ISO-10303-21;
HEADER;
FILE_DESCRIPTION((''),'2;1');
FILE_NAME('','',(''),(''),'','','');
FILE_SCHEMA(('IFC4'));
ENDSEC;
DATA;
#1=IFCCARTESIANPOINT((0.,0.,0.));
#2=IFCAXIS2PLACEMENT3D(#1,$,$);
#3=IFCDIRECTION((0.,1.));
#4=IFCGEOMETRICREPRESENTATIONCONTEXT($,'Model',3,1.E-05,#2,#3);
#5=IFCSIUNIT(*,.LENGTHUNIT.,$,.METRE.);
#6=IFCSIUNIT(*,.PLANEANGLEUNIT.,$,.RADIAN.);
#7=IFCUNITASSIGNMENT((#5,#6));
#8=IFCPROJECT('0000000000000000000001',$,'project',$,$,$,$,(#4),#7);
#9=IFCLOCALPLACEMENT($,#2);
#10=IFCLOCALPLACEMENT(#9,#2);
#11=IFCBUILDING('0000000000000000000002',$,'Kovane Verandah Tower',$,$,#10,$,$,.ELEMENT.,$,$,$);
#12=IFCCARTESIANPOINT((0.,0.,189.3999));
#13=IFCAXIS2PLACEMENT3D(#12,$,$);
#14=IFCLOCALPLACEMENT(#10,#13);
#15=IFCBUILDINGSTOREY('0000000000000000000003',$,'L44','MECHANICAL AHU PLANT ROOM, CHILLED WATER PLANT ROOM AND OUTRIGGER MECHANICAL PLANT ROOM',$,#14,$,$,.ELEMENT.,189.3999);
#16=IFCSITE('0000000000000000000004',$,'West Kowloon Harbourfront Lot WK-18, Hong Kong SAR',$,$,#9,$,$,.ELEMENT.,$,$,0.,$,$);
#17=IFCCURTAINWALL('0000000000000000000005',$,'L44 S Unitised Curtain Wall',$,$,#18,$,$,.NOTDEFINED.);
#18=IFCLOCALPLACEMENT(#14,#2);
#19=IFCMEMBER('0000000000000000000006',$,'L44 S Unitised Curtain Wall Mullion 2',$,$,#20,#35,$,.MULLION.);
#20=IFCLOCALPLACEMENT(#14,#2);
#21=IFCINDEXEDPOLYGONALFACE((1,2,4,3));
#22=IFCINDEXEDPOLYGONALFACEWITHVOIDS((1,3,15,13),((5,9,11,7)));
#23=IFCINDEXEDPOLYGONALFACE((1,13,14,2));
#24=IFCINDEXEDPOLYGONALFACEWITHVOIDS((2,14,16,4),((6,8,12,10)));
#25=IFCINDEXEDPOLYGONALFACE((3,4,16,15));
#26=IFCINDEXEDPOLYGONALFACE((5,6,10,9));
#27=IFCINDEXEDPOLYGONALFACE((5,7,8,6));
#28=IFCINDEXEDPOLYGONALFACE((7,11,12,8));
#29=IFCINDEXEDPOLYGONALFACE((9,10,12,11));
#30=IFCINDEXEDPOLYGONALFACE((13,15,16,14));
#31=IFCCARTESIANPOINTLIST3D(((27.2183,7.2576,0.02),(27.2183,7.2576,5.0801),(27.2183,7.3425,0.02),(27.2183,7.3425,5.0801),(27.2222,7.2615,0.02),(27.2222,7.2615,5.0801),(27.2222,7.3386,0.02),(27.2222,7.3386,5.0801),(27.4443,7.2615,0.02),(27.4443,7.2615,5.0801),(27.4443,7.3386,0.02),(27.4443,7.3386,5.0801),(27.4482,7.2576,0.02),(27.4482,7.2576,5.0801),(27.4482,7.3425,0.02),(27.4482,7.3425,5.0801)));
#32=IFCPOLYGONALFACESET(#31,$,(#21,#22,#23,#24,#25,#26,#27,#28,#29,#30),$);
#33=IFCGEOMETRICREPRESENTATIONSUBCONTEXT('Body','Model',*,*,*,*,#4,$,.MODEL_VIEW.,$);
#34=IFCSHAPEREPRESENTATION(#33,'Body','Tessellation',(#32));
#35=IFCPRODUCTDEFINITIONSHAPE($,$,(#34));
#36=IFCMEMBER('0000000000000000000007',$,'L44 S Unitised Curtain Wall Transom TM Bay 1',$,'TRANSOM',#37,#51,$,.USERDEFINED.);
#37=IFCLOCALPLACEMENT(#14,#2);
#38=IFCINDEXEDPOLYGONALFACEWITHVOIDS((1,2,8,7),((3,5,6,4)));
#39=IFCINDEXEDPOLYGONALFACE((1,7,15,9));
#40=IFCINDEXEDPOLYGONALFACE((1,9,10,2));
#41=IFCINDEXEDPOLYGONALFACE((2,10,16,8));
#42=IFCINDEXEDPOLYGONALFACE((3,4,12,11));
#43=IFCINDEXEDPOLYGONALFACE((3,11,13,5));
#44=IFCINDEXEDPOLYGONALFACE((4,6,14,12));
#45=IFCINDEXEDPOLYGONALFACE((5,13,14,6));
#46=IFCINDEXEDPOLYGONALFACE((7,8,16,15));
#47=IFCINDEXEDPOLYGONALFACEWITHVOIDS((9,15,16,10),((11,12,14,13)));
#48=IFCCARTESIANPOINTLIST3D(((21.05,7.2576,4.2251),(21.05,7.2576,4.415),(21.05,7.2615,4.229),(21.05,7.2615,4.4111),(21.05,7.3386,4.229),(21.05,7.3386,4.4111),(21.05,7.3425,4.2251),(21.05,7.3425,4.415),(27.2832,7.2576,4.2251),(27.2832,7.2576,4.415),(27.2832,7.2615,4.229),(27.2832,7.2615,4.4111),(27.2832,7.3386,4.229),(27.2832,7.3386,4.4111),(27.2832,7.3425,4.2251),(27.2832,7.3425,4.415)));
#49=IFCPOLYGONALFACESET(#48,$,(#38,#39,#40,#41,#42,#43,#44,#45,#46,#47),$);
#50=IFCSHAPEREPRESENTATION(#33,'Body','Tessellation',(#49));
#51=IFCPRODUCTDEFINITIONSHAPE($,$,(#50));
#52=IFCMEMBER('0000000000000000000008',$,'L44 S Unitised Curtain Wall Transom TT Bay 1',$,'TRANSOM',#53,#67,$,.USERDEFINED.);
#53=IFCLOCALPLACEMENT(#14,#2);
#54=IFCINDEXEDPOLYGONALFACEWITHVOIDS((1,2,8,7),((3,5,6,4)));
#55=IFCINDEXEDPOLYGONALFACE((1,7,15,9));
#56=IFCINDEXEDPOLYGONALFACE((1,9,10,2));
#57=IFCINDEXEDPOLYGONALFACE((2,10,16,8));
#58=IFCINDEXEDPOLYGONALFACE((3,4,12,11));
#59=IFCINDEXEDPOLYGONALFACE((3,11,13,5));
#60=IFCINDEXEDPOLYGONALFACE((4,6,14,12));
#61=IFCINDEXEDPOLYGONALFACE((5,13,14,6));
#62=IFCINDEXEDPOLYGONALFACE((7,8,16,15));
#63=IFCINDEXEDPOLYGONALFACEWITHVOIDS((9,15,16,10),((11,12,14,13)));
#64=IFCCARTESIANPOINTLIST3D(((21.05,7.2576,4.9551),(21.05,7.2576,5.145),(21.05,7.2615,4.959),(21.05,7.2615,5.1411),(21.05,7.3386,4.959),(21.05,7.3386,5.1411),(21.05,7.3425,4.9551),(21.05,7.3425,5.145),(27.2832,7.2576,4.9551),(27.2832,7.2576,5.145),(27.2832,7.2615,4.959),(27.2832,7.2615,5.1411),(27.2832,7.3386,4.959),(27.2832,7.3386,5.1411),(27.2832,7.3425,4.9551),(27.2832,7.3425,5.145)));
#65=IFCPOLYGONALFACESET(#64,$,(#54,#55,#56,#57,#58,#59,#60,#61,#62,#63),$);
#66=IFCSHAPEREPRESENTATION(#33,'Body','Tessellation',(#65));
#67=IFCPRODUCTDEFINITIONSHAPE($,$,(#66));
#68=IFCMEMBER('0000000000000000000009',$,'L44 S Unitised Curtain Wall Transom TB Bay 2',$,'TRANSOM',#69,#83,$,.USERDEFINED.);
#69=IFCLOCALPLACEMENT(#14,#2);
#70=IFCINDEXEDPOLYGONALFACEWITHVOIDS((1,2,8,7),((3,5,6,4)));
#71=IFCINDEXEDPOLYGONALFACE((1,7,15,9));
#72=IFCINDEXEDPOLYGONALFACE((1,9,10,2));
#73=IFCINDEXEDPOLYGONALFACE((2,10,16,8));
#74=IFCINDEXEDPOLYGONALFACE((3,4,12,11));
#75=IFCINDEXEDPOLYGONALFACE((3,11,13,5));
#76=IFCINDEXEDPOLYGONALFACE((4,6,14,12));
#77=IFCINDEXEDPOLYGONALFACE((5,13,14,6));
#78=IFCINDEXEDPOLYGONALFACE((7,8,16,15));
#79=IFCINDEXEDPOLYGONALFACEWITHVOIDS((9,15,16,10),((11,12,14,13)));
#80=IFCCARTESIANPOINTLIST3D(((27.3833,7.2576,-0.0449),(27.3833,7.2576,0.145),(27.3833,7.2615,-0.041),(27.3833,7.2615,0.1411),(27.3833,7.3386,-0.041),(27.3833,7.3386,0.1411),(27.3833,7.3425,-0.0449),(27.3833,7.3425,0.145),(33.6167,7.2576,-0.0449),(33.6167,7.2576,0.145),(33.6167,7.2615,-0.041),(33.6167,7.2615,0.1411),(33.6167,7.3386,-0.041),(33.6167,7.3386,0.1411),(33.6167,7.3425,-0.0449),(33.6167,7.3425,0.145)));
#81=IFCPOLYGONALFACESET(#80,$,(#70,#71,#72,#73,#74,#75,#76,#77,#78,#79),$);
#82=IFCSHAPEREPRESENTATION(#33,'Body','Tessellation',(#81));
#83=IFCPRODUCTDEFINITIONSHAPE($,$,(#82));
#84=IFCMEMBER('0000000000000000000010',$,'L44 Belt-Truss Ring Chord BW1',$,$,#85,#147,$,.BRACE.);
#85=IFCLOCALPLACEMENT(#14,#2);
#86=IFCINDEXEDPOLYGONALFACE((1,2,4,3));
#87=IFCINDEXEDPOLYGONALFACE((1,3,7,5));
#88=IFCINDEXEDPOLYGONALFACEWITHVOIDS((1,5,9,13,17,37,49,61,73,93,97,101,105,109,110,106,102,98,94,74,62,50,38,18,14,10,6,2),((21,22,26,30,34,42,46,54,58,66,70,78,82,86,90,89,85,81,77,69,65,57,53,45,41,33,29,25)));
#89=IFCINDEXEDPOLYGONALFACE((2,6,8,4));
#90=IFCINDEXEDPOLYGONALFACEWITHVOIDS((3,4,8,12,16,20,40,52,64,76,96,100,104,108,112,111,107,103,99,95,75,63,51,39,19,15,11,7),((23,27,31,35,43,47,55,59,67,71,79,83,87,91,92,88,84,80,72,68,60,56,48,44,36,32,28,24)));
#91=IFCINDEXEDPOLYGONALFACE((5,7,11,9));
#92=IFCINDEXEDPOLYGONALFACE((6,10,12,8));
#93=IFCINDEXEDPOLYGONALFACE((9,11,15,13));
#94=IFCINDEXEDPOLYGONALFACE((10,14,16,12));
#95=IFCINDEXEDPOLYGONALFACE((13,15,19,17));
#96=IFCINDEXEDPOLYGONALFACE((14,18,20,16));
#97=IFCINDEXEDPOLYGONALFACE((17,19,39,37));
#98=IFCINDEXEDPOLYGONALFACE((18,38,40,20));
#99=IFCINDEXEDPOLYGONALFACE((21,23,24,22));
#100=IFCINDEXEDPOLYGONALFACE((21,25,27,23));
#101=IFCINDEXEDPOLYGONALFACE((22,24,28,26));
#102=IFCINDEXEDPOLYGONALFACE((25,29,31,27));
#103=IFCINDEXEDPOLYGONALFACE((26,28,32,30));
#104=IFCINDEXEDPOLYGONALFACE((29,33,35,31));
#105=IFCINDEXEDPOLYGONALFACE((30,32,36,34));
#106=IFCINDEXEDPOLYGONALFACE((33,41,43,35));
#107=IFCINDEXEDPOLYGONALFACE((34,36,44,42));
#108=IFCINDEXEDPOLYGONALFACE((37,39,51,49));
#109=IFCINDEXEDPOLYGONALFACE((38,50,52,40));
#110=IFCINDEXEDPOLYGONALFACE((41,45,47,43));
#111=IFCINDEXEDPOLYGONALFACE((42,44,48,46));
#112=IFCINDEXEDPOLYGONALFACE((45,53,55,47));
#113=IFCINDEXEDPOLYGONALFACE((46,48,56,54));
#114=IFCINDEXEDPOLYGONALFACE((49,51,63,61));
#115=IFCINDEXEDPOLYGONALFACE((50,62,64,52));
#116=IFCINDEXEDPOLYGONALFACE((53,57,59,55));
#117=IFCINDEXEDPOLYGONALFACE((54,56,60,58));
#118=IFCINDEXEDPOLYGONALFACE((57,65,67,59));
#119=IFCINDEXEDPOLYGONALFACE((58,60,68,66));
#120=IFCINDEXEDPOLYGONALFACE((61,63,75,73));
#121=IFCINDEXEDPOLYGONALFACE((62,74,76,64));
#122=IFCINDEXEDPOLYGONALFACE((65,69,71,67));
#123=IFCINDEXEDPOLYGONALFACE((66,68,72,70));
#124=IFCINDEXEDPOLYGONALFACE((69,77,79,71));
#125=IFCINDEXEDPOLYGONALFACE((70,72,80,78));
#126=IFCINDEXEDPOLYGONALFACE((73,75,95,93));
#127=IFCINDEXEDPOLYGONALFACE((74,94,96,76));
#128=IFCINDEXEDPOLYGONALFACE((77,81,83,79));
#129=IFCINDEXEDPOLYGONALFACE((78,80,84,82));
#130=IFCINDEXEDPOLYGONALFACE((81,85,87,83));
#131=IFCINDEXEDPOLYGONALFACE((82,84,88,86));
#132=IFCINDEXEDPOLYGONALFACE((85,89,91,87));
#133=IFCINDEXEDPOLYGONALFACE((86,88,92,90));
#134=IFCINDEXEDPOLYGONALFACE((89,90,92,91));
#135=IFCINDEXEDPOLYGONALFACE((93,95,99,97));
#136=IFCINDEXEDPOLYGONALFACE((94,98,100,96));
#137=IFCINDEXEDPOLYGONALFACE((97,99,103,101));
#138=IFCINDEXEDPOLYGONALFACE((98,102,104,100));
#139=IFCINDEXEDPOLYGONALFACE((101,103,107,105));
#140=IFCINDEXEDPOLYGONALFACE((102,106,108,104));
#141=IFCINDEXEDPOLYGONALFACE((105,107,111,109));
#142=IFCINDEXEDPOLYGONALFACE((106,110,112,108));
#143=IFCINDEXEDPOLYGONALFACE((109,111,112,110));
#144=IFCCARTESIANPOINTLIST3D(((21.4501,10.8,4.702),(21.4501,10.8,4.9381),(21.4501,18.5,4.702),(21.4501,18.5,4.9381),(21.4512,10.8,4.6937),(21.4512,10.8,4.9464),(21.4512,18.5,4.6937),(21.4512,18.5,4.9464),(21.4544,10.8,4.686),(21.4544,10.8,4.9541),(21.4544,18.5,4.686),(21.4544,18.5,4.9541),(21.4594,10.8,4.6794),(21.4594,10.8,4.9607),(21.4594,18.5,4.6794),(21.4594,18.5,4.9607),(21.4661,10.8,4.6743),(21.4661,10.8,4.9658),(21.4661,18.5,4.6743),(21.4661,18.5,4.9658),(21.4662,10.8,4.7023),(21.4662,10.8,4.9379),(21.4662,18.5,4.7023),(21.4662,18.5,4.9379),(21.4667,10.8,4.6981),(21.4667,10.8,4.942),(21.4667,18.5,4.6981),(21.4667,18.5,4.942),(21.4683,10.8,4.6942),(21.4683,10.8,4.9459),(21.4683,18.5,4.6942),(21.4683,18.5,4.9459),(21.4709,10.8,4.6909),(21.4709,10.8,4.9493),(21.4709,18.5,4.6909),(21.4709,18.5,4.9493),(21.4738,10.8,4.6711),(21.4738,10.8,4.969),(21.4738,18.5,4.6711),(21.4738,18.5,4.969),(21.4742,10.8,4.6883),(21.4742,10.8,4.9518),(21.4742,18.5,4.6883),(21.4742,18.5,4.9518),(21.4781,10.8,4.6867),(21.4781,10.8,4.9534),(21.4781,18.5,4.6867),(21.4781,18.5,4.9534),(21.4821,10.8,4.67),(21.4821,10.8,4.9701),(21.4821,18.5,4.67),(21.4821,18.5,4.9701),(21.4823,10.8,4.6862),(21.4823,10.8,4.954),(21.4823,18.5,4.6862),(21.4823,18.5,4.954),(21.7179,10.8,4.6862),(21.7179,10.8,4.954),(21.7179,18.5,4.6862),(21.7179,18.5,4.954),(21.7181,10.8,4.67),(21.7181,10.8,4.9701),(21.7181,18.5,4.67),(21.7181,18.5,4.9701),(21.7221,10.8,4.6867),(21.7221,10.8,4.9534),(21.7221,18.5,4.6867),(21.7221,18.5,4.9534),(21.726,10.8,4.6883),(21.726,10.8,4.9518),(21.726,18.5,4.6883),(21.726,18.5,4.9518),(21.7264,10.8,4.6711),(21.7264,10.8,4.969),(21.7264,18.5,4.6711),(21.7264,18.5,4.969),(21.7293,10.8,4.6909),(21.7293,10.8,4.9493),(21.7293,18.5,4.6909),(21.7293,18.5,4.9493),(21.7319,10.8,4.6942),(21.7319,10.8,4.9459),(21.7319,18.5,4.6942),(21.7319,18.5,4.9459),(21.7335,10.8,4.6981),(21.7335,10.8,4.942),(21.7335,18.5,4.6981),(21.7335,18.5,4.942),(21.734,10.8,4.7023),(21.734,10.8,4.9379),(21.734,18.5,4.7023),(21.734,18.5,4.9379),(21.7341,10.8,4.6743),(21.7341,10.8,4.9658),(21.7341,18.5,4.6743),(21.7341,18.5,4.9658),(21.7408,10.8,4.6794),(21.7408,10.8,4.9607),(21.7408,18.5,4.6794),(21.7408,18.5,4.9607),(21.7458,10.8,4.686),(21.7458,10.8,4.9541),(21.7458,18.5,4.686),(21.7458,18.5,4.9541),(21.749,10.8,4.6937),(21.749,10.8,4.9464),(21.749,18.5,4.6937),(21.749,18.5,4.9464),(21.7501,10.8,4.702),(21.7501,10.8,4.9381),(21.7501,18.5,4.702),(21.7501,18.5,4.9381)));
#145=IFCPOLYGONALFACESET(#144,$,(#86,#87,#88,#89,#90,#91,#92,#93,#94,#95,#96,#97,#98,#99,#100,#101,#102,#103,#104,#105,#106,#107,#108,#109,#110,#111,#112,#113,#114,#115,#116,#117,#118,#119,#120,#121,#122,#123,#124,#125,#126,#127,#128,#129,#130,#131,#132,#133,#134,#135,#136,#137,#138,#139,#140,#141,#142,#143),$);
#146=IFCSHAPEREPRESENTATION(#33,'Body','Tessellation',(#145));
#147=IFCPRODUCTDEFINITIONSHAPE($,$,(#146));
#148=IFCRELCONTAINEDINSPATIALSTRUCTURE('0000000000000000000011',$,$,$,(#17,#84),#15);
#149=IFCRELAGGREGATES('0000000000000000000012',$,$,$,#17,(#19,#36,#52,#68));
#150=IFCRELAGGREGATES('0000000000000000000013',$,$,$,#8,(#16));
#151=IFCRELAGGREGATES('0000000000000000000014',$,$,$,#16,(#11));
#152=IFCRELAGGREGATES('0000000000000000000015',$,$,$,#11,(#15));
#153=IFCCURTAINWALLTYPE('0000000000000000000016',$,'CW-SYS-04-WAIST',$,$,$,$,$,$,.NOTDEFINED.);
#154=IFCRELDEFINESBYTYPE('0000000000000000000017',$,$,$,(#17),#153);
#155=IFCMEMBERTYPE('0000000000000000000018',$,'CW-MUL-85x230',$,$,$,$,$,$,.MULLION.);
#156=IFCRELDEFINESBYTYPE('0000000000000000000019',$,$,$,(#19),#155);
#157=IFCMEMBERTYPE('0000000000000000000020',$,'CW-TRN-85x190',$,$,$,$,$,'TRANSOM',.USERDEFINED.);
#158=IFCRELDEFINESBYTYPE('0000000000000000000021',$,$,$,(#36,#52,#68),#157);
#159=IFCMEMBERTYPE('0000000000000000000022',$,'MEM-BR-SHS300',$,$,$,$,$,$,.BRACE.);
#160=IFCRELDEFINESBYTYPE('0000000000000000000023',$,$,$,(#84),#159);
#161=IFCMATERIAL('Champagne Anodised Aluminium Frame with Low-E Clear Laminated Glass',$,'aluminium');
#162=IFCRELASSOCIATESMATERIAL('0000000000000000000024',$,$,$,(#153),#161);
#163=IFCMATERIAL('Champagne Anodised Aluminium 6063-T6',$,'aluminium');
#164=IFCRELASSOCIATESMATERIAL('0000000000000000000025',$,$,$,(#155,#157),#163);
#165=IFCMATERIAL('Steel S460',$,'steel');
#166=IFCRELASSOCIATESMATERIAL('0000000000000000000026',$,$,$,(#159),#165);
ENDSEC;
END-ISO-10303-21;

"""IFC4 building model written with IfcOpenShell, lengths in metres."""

from ifc_helpers import new_model, si_unit, direction, frame, origin, origin_2d, place, context, subcontext, project, spatial, hollow_rectangle, extrude, material, material_profile, profile_set, type_object, element, aggregate, save


model = new_model("IFC4")

# Units and contexts
model_context = context("Model", 3, precision=1e-05, world=origin(), true_north=direction((0.0, 1.0)))
body_context = subcontext(model_context, "Body", "Model", "MODEL_VIEW")
ifc_project = project(units=[si_unit("LENGTHUNIT", "METRE"), si_unit("PLANEANGLEUNIT", "RADIAN")], contexts=[model_context])

# Site, building, storey
site_placement = place(None, origin())
site = spatial("IfcSite", under=ifc_project, at=site_placement, Name="West Kowloon Harbourfront Lot WK-18, Hong Kong SAR", CompositionType="ELEMENT", RefElevation=0.0)
building_placement = place(site_placement, origin())
building = spatial("IfcBuilding", under=site, at=building_placement, Name="Kovane Verandah Tower", CompositionType="ELEMENT")
storey_placement = place(building_placement, frame((0.0, 0.0, 189.3999)))
storey = spatial("IfcBuildingStorey", under=building, at=storey_placement, Name="L44", Description="MECHANICAL AHU PLANT ROOM, CHILLED WATER PLANT ROOM AND OUTRIGGER MECHANICAL PLANT ROOM", CompositionType="ELEMENT", Elevation=189.3999)

# Shared definitions
ifc_material_1 = material(Name="Steel S460", Category="steel")

# Curtain wall, members
ifc_material_2 = material(Name="Champagne Anodised Aluminium Frame with Low-E Clear Laminated Glass", Category="aluminium")
curtain_wall_type = type_object("IfcCurtainWallType", Name="CW-SYS-04-WAIST", PredefinedType="NOTDEFINED", material=ifc_material_2)
curtain_wall_placement = place(storey_placement, origin())
curtain_wall = element("IfcCurtainWall", 1, at=curtain_wall_placement, inside=storey, type_object=curtain_wall_type, Name="L44 S Unitised Curtain Wall", PredefinedType="NOTDEFINED")
ifc_material_3 = material(Name="Champagne Anodised Aluminium 6063-T6", Category="aluminium")
ifc_material_profile_1 = material_profile(ifc_material_3, hollow_rectangle(XDim=0.085, YDim=0.23, WallThickness=0.0039, at=origin_2d()), Name="AL85x230x4")
ifc_profile_set_1 = profile_set([ifc_material_profile_1], Name="Champagne Anodised Aluminium 6063-T6")
member_type_1 = type_object("IfcMemberType", Name="CW-MUL-85x230", PredefinedType="MULLION", material=ifc_profile_set_1)
member_1_placement = place(storey_placement, frame((27.3333, 7.3, 0.02), z_axis=(0.0, 0.0, 1.0), x_axis=(0.0, -1.0, 0.0)))
member_1 = element("IfcMember", 2, at=member_1_placement, type_object=member_type_1, Name="L44 S Unitised Curtain Wall Mullion 2", PredefinedType="MULLION", context=body_context, shape_type="SweptSolid", body=[
    extrude(hollow_rectangle(XDim=0.085, YDim=0.23, WallThickness=0.0039, at=origin_2d()), origin(), (0.0, 0.0, 1.0), 5.0601),
])
ifc_material_profile_2 = material_profile(ifc_material_3, hollow_rectangle(XDim=0.085, YDim=0.1899, WallThickness=0.0039, at=origin_2d()), Name="AL85x190x4")
ifc_profile_set_2 = profile_set([ifc_material_profile_2], Name="Champagne Anodised Aluminium 6063-T6")
member_type_2 = type_object("IfcMemberType", Name="CW-TRN-85x190", ElementType="TRANSOM", PredefinedType="USERDEFINED", material=ifc_profile_set_2)
member_2_placement = place(storey_placement, frame((21.05, 7.3, 4.3201), z_axis=(1.0, 0.0, 0.0), x_axis=(0.0, 1.0, 0.0)))
member_2 = element("IfcMember", 3, at=member_2_placement, type_object=member_type_2, Name="L44 S Unitised Curtain Wall Transom TM Bay 1", ObjectType="TRANSOM", PredefinedType="USERDEFINED", context=body_context, shape_type="SweptSolid", body=[
    extrude(hollow_rectangle(XDim=0.085, YDim=0.1899, WallThickness=0.0039, at=origin_2d()), origin(), (0.0, 0.0, 1.0), 6.2332),
])
member_3_placement = place(storey_placement, frame((21.05, 7.3, 5.05), z_axis=(1.0, 0.0, 0.0), x_axis=(0.0, 1.0, 0.0)))
member_3 = element("IfcMember", 4, at=member_3_placement, type_object=member_type_2, Name="L44 S Unitised Curtain Wall Transom TT Bay 1", ObjectType="TRANSOM", PredefinedType="USERDEFINED", context=body_context, shape_type="SweptSolid", body=[
    extrude(hollow_rectangle(XDim=0.085, YDim=0.1899, WallThickness=0.0039, at=origin_2d()), origin(), (0.0, 0.0, 1.0), 6.2332),
])
member_4_placement = place(storey_placement, frame((27.3833, 7.3, 0.05), z_axis=(1.0, 0.0, 0.0), x_axis=(0.0, 1.0, 0.0)))
member_4 = element("IfcMember", 5, at=member_4_placement, type_object=member_type_2, Name="L44 S Unitised Curtain Wall Transom TB Bay 2", ObjectType="TRANSOM", PredefinedType="USERDEFINED", context=body_context, shape_type="SweptSolid", body=[
    extrude(hollow_rectangle(XDim=0.085, YDim=0.1899, WallThickness=0.0039, at=origin_2d()), origin(), (0.0, 0.0, 1.0), 6.2334),
])

# Member
ifc_material_profile_3 = material_profile(ifc_material_1, hollow_rectangle(XDim=0.3, YDim=0.3, WallThickness=0.0161, InnerFilletRadius=0.0161, OuterFilletRadius=0.032, at=origin_2d()), Name="SHS300x300x16")
ifc_profile_set_3 = profile_set([ifc_material_profile_3], Name="Steel S460")
member_type_3 = type_object("IfcMemberType", Name="MEM-BR-SHS300", PredefinedType="BRACE", material=ifc_profile_set_3)
member_5_placement = place(storey_placement, frame((21.6001, 10.8, 4.8201), z_axis=(0.0, 1.0, 0.0), x_axis=(-1.0, 0.0, 0.0)))
element("IfcMember", 6, at=member_5_placement, inside=storey, type_object=member_type_3, Name="L44 Belt-Truss Ring Chord BW1", PredefinedType="BRACE", context=body_context, shape_type="SweptSolid", body=[
    extrude(hollow_rectangle(XDim=0.3, YDim=0.3, WallThickness=0.0161, InnerFilletRadius=0.0161, OuterFilletRadius=0.032, at=origin_2d()), origin(), (0.0, 0.0, 1.0), 7.7),
])

aggregate(curtain_wall, [member_1, member_2, member_3, member_4])

save(model, "model.ifc")
